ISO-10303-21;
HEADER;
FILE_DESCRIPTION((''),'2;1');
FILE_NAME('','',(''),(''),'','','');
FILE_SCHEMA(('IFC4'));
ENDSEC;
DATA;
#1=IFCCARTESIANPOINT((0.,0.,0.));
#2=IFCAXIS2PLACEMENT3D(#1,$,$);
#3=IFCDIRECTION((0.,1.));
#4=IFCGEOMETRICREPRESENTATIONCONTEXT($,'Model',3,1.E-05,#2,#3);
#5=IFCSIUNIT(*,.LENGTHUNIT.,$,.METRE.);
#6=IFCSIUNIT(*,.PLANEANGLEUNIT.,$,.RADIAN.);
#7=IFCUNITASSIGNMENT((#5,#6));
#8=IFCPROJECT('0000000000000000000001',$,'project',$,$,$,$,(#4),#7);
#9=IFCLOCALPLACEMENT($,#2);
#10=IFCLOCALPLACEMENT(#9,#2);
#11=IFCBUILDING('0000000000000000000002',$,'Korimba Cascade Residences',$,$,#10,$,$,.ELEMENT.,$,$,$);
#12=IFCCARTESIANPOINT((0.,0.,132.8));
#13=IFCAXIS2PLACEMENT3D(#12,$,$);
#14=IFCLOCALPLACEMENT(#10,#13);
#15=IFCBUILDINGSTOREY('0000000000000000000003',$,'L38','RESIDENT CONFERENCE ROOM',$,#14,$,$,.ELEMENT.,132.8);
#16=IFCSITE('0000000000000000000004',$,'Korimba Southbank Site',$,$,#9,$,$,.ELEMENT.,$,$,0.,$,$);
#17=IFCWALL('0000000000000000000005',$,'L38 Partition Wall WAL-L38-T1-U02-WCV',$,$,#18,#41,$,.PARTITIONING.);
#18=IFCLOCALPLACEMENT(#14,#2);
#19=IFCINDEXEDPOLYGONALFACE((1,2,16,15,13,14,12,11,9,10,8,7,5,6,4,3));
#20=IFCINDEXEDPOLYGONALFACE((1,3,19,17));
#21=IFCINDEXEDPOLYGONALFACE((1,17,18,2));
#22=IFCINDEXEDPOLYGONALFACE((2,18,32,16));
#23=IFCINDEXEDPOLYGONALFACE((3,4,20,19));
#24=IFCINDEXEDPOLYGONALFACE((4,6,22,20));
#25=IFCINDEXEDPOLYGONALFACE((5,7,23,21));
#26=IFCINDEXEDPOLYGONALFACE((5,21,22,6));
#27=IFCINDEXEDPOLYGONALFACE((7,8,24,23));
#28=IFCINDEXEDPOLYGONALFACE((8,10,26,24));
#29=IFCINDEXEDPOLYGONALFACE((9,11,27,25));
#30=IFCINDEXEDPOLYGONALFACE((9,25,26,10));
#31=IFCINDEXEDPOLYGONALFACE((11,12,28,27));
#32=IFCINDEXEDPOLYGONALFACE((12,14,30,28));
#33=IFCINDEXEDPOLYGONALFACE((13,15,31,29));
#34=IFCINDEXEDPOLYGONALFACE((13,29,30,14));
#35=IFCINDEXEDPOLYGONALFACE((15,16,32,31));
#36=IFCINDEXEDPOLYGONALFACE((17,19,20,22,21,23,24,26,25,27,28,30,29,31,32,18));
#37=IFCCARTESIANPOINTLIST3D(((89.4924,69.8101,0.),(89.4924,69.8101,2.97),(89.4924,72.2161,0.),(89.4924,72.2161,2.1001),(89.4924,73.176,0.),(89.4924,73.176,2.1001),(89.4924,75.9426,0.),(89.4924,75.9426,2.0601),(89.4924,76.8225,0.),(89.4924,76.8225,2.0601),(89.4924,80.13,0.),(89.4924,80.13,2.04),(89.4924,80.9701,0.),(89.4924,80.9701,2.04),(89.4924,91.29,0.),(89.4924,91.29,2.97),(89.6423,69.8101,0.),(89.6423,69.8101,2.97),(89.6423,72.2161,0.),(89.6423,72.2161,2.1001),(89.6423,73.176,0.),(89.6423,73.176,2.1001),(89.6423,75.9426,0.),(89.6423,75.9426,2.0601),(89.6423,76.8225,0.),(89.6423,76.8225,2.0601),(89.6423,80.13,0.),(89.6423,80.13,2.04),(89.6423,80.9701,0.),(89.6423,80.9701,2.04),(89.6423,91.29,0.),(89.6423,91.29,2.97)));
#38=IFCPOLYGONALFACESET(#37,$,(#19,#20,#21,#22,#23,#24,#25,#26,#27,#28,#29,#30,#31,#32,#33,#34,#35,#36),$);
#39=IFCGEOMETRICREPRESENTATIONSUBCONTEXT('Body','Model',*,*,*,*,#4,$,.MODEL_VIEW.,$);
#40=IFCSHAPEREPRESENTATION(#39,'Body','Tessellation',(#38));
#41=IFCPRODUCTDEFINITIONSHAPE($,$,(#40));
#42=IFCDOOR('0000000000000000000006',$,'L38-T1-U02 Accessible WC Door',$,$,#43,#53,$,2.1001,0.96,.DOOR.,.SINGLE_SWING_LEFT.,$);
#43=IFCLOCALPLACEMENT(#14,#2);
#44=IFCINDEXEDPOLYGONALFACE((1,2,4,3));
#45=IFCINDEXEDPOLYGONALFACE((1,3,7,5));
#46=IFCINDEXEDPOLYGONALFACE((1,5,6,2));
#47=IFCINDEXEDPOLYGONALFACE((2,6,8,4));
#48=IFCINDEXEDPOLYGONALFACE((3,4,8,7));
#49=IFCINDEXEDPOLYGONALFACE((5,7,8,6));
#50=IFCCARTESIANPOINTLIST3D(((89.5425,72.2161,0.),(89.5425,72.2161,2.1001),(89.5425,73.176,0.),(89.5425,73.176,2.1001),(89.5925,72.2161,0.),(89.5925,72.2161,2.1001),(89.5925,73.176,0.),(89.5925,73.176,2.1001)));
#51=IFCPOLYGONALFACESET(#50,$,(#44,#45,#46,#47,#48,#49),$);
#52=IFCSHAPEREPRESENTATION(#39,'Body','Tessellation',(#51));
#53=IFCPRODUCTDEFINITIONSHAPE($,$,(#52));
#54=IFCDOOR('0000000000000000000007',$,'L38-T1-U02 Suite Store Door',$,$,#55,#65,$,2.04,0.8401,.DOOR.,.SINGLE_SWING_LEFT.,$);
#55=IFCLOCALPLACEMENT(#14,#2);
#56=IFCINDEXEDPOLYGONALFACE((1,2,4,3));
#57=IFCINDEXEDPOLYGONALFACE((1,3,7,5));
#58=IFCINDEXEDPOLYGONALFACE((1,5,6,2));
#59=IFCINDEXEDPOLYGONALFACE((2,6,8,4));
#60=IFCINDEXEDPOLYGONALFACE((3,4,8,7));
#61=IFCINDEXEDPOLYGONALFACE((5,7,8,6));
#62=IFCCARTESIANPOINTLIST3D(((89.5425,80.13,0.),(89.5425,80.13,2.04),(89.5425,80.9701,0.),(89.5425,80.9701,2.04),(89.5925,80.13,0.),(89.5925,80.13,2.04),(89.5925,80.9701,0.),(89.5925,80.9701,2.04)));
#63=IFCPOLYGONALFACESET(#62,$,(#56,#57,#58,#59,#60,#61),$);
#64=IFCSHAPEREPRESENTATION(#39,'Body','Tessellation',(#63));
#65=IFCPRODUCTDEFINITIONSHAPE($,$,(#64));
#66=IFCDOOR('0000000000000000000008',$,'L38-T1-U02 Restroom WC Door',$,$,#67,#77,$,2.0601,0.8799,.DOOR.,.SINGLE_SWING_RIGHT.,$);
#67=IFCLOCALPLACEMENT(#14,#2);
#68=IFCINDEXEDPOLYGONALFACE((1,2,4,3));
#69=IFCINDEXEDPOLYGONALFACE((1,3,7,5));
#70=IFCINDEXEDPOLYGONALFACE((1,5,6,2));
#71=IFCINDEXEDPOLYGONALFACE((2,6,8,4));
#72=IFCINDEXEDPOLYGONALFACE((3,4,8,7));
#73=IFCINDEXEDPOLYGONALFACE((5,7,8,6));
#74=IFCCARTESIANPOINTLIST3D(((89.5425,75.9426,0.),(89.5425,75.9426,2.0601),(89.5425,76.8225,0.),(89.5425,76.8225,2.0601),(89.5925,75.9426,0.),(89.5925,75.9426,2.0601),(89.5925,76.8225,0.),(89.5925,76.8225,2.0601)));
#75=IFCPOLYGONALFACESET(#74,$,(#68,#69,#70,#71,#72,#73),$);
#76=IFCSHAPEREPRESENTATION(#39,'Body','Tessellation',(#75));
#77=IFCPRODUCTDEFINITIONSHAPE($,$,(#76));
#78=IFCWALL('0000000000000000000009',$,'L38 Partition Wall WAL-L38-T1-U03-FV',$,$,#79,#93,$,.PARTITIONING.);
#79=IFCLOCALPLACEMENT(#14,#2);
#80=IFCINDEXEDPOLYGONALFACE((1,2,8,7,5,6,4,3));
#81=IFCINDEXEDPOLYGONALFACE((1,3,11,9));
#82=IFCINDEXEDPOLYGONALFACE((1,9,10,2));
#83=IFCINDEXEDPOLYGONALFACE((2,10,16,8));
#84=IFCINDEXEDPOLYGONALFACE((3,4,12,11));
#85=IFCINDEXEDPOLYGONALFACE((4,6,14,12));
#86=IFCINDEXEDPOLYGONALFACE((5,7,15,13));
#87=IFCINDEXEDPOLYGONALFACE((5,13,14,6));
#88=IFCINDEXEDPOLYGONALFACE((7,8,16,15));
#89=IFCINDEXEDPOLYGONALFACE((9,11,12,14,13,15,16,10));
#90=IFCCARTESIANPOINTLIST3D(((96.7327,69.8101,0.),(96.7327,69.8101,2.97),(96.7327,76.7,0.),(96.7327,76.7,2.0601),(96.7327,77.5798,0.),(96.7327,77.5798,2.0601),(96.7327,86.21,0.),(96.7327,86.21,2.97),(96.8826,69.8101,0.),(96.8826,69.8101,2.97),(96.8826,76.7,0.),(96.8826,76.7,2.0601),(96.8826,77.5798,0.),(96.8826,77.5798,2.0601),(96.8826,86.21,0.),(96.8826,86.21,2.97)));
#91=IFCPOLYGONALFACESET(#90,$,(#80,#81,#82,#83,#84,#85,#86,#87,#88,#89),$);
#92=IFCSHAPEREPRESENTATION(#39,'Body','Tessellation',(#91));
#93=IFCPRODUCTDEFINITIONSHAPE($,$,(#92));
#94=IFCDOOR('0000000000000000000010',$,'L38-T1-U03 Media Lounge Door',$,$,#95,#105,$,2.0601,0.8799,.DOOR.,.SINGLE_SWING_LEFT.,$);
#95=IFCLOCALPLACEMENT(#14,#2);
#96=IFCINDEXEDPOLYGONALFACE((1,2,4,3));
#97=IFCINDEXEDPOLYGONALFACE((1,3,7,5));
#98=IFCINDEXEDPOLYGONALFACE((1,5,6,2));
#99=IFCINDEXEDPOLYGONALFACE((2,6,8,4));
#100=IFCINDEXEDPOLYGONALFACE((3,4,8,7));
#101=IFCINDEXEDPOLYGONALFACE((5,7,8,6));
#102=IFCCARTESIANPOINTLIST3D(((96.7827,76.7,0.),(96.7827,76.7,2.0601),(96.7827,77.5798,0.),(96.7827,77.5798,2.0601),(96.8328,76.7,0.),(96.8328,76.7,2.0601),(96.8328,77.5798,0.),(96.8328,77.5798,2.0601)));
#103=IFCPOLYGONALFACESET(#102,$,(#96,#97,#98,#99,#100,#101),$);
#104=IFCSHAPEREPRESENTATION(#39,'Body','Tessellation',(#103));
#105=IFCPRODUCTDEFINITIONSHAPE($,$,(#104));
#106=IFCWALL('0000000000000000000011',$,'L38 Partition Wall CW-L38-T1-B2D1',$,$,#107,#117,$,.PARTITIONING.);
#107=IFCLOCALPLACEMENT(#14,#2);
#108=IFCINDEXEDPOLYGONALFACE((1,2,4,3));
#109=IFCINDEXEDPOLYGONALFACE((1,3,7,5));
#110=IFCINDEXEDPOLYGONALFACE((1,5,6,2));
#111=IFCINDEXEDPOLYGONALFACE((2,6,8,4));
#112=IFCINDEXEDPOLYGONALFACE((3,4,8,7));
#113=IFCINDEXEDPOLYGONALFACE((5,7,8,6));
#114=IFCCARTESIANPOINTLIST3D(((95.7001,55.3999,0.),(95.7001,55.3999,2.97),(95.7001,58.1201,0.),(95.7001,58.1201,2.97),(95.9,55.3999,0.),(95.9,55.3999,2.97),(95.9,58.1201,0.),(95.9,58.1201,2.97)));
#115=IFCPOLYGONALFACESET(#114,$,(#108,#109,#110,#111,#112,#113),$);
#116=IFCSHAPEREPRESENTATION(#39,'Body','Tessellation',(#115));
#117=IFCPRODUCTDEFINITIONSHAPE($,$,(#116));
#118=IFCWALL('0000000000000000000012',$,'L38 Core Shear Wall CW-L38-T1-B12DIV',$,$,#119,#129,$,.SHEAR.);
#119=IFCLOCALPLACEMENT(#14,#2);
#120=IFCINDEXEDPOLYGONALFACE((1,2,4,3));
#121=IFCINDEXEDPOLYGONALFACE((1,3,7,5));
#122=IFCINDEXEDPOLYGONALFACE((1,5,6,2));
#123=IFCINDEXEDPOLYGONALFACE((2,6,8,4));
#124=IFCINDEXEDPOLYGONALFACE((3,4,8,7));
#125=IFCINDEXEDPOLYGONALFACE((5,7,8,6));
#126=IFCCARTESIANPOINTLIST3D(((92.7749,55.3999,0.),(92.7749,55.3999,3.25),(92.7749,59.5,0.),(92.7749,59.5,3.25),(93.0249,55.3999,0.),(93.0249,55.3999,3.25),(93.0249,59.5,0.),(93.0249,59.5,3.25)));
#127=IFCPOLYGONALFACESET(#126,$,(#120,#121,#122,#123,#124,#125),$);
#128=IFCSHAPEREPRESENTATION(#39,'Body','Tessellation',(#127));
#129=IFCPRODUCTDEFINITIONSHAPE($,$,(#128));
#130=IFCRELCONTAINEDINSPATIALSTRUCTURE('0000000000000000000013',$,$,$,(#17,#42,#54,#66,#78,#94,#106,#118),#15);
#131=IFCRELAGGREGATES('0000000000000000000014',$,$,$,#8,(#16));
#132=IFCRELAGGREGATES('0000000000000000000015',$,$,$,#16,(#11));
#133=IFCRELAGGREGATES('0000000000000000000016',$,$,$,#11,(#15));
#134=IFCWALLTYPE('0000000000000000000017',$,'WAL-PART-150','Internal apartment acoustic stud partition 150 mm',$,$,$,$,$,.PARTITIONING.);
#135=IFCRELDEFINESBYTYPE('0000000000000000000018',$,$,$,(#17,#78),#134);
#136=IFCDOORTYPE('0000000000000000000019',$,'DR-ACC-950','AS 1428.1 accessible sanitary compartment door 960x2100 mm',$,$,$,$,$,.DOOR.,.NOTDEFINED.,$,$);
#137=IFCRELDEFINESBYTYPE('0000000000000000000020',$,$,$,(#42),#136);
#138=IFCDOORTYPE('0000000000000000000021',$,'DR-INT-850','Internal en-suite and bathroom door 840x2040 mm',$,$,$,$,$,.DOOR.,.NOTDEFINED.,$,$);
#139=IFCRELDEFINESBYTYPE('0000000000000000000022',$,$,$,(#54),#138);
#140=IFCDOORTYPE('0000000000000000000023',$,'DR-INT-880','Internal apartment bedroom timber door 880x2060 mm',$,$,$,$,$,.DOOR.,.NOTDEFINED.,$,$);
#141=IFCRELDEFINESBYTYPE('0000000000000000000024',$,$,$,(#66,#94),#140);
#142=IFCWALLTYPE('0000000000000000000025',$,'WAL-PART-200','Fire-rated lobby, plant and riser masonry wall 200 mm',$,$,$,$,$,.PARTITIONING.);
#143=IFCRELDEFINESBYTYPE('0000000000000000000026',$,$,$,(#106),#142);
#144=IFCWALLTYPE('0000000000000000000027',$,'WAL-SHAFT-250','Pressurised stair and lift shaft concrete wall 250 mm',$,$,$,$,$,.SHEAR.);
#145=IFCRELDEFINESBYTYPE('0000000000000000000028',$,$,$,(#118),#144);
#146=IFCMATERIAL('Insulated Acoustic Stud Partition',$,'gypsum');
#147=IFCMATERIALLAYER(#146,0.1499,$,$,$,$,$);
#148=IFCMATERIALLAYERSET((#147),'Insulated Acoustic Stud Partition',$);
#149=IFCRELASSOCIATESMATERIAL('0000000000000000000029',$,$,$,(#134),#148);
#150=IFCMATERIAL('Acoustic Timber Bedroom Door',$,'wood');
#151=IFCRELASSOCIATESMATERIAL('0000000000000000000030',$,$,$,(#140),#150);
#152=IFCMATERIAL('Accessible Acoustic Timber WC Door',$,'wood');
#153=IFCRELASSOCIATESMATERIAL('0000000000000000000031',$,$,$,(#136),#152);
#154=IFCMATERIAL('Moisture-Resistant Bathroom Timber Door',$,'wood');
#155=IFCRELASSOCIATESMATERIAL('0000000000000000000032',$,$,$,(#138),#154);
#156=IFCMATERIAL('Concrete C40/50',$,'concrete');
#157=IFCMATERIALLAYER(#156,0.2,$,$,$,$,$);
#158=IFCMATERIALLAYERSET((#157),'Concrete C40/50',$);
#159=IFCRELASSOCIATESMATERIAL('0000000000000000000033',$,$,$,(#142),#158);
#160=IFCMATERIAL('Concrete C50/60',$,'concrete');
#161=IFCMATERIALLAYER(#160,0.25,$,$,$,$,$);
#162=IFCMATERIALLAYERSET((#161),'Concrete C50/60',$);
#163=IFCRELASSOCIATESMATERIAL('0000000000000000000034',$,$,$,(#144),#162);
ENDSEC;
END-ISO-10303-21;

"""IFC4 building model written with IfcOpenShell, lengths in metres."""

from ifc_helpers import new_model, si_unit, direction, frame, frame_2d, origin, place, context, subcontext, project, spatial, rectangle, extrude, material, layer, layer_set, type_object, element, fill, save


model = new_model("IFC4")

# Units and contexts
model_context = context("Model", 3, precision=1e-05, world=origin(), true_north=direction((0.0, 1.0)))
body_context = subcontext(model_context, "Body", "Model", "MODEL_VIEW")
ifc_project = project(units=[si_unit("LENGTHUNIT", "METRE"), si_unit("PLANEANGLEUNIT", "RADIAN")], contexts=[model_context])

# Site, building, storey
site_placement = place(None, origin())
site = spatial("IfcSite", under=ifc_project, at=site_placement, Name="Korimba Southbank Site", CompositionType="ELEMENT", RefElevation=0.0)
building_placement = place(site_placement, origin())
building = spatial("IfcBuilding", under=site, at=building_placement, Name="Korimba Cascade Residences", CompositionType="ELEMENT")
storey_placement = place(building_placement, frame((0.0, 0.0, 132.8)))
storey = spatial("IfcBuildingStorey", under=building, at=storey_placement, Name="L38", Description="RESIDENT CONFERENCE ROOM", CompositionType="ELEMENT", Elevation=132.8)

# Shared definitions
ifc_material_1 = material(Name="Insulated Acoustic Stud Partition", Category="gypsum")
ifc_layer_1 = layer(ifc_material_1, 0.1499)
ifc_layer_set_1 = layer_set([ifc_layer_1], Name="Insulated Acoustic Stud Partition")
wall_type_1 = type_object("IfcWallType", Name="WAL-PART-150", Description="Internal apartment acoustic stud partition 150 mm", PredefinedType="PARTITIONING", material=ifc_layer_set_1)

# Shared definitions
ifc_material_2 = material(Name="Acoustic Timber Bedroom Door", Category="wood")
door_type_1 = type_object("IfcDoorType", Name="DR-INT-880", Description="Internal apartment bedroom timber door 880x2060 mm", OperationType="NOTDEFINED", PredefinedType="DOOR", material=ifc_material_2)

# Wall, openings, doors
wall_1_placement = place(storey_placement, frame((89.5674, 69.8101, 0.0), z_axis=(0.0, 0.0, 1.0), x_axis=(0.0, 1.0, 0.0)))
wall_1 = element("IfcWall", 1, at=wall_1_placement, inside=storey, type_object=wall_type_1, Name="L38 Partition Wall WAL-L38-T1-U02-WCV", PredefinedType="PARTITIONING", context=body_context, shape_type="SweptSolid", body=[
    extrude(rectangle(XDim=21.48, YDim=0.1499, at=frame_2d((10.74, 0.0))), origin(), (0.0, 0.0, 1.0), 2.97),
])
opening_1_placement = place(wall_1_placement, frame((2.406, 0.0, 0.0)))
opening_1 = element("IfcOpeningElement", 2, at=opening_1_placement, cuts=wall_1, PredefinedType="OPENING", context=body_context, shape_type="SweptSolid", body=[
    extrude(rectangle(XDim=0.96, YDim=2.1001, at=frame_2d((0.48, 1.05))), frame((0.0, 0.085, 0.0), z_axis=(0.0, -1.0, 0.0), x_axis=(1.0, 0.0, 0.0)), (0.0, 0.0, 1.0), 0.1699),
])
opening_2_placement = place(wall_1_placement, frame((6.1326, 0.0, 0.0)))
opening_2 = element("IfcOpeningElement", 3, at=opening_2_placement, cuts=wall_1, PredefinedType="OPENING", context=body_context, shape_type="SweptSolid", body=[
    extrude(rectangle(XDim=0.8799, YDim=2.0601, at=frame_2d((0.4399, 1.03))), frame((0.0, 0.085, 0.0), z_axis=(0.0, -1.0, 0.0), x_axis=(1.0, 0.0, 0.0)), (0.0, 0.0, 1.0), 0.1699),
])
opening_3_placement = place(wall_1_placement, frame((10.3201, 0.0, 0.0)))
opening_3 = element("IfcOpeningElement", 4, at=opening_3_placement, cuts=wall_1, PredefinedType="OPENING", context=body_context, shape_type="SweptSolid", body=[
    extrude(rectangle(XDim=0.8401, YDim=2.04, at=frame_2d((0.4199, 1.02))), frame((0.0, 0.085, 0.0), z_axis=(0.0, -1.0, 0.0), x_axis=(1.0, 0.0, 0.0)), (0.0, 0.0, 1.0), 0.1699),
])
ifc_material_3 = material(Name="Accessible Acoustic Timber WC Door", Category="wood")
door_type_2 = type_object("IfcDoorType", Name="DR-ACC-950", Description="AS 1428.1 accessible sanitary compartment door 960x2100 mm", OperationType="NOTDEFINED", PredefinedType="DOOR", material=ifc_material_3)
door_1_placement = place(opening_1_placement, origin())
door_1 = element("IfcDoor", 5, at=door_1_placement, inside=storey, type_object=door_type_2, Name="L38-T1-U02 Accessible WC Door", OperationType="SINGLE_SWING_LEFT", OverallHeight=2.1001, OverallWidth=0.96, PredefinedType="DOOR", context=body_context, shape_type="SweptSolid", body=[
    extrude(rectangle(XDim=0.96, YDim=2.1001, at=frame_2d((0.48, 1.05))), frame((0.0, 0.0249, 0.0), z_axis=(0.0, -1.0, 0.0), x_axis=(1.0, 0.0, 0.0)), (0.0, 0.0, 1.0), 0.05),
])
fill(opening_1, door_1)
ifc_material_4 = material(Name="Moisture-Resistant Bathroom Timber Door", Category="wood")
door_type_3 = type_object("IfcDoorType", Name="DR-INT-850", Description="Internal en-suite and bathroom door 840x2040 mm", OperationType="NOTDEFINED", PredefinedType="DOOR", material=ifc_material_4)
door_2_placement = place(opening_3_placement, origin())
door_2 = element("IfcDoor", 6, at=door_2_placement, inside=storey, type_object=door_type_3, Name="L38-T1-U02 Suite Store Door", OperationType="SINGLE_SWING_LEFT", OverallHeight=2.04, OverallWidth=0.8401, PredefinedType="DOOR", context=body_context, shape_type="SweptSolid", body=[
    extrude(rectangle(XDim=0.8401, YDim=2.04, at=frame_2d((0.4199, 1.02))), frame((0.0, 0.0249, 0.0), z_axis=(0.0, -1.0, 0.0), x_axis=(1.0, 0.0, 0.0)), (0.0, 0.0, 1.0), 0.05),
])
fill(opening_3, door_2)
door_3_placement = place(opening_2_placement, origin())
door_3 = element("IfcDoor", 7, at=door_3_placement, inside=storey, type_object=door_type_1, Name="L38-T1-U02 Restroom WC Door", OperationType="SINGLE_SWING_RIGHT", OverallHeight=2.0601, OverallWidth=0.8799, PredefinedType="DOOR", context=body_context, shape_type="SweptSolid", body=[
    extrude(rectangle(XDim=0.8799, YDim=2.0601, at=frame_2d((0.4399, 1.03))), frame((0.0, 0.0249, 0.0), z_axis=(0.0, -1.0, 0.0), x_axis=(1.0, 0.0, 0.0)), (0.0, 0.0, 1.0), 0.05),
])
fill(opening_2, door_3)

# Wall, opening, door
wall_2_placement = place(storey_placement, frame((96.8076, 69.8101, 0.0), z_axis=(0.0, 0.0, 1.0), x_axis=(0.0, 1.0, 0.0)))
wall_2 = element("IfcWall", 8, at=wall_2_placement, inside=storey, type_object=wall_type_1, Name="L38 Partition Wall WAL-L38-T1-U03-FV", PredefinedType="PARTITIONING", context=body_context, shape_type="SweptSolid", body=[
    extrude(rectangle(XDim=16.3999, YDim=0.1499, at=frame_2d((8.2, 0.0))), origin(), (0.0, 0.0, 1.0), 2.97),
])
opening_4_placement = place(wall_2_placement, frame((6.8899, 0.0, 0.0)))
opening_4 = element("IfcOpeningElement", 9, at=opening_4_placement, cuts=wall_2, PredefinedType="OPENING", context=body_context, shape_type="SweptSolid", body=[
    extrude(rectangle(XDim=0.8799, YDim=2.0601, at=frame_2d((0.4399, 1.03))), frame((0.0, 0.085, 0.0), z_axis=(0.0, -1.0, 0.0), x_axis=(1.0, 0.0, 0.0)), (0.0, 0.0, 1.0), 0.1699),
])
door_4_placement = place(opening_4_placement, origin())
door_4 = element("IfcDoor", 10, at=door_4_placement, inside=storey, type_object=door_type_1, Name="L38-T1-U03 Media Lounge Door", OperationType="SINGLE_SWING_LEFT", OverallHeight=2.0601, OverallWidth=0.8799, PredefinedType="DOOR", context=body_context, shape_type="SweptSolid", body=[
    extrude(rectangle(XDim=0.8799, YDim=2.0601, at=frame_2d((0.4399, 1.03))), frame((0.0, 0.0249, 0.0), z_axis=(0.0, -1.0, 0.0), x_axis=(1.0, 0.0, 0.0)), (0.0, 0.0, 1.0), 0.05),
])
fill(opening_4, door_4)

# Walls
ifc_material_5 = material(Name="Concrete C40/50", Category="concrete")
ifc_layer_2 = layer(ifc_material_5, 0.2)
ifc_layer_set_2 = layer_set([ifc_layer_2], Name="Concrete C40/50")
wall_type_2 = type_object("IfcWallType", Name="WAL-PART-200", Description="Fire-rated lobby, plant and riser masonry wall 200 mm", PredefinedType="PARTITIONING", material=ifc_layer_set_2)
wall_3_placement = place(storey_placement, frame((95.8, 55.3999, 0.0), z_axis=(0.0, 0.0, 1.0), x_axis=(0.0, 1.0, 0.0)))
element("IfcWall", 11, at=wall_3_placement, inside=storey, type_object=wall_type_2, Name="L38 Partition Wall CW-L38-T1-B2D1", PredefinedType="PARTITIONING", context=body_context, shape_type="SweptSolid", body=[
    extrude(rectangle(XDim=2.7202, YDim=0.2, at=frame_2d((1.3601, 0.0))), origin(), (0.0, 0.0, 1.0), 2.97),
])
ifc_material_6 = material(Name="Concrete C50/60", Category="concrete")
ifc_layer_3 = layer(ifc_material_6, 0.25)
ifc_layer_set_3 = layer_set([ifc_layer_3], Name="Concrete C50/60")
wall_type_3 = type_object("IfcWallType", Name="WAL-SHAFT-250", Description="Pressurised stair and lift shaft concrete wall 250 mm", PredefinedType="SHEAR", material=ifc_layer_set_3)
wall_4_placement = place(storey_placement, frame((92.8999, 55.3999, 0.0), z_axis=(0.0, 0.0, 1.0), x_axis=(0.0, 1.0, 0.0)))
element("IfcWall", 12, at=wall_4_placement, inside=storey, type_object=wall_type_3, Name="L38 Core Shear Wall CW-L38-T1-B12DIV", PredefinedType="SHEAR", context=body_context, shape_type="SweptSolid", body=[
    extrude(rectangle(XDim=4.1001, YDim=0.25, at=frame_2d((2.05, 0.0))), origin(), (0.0, 0.0, 1.0), 3.25),
])

save(model, "model.ifc")
